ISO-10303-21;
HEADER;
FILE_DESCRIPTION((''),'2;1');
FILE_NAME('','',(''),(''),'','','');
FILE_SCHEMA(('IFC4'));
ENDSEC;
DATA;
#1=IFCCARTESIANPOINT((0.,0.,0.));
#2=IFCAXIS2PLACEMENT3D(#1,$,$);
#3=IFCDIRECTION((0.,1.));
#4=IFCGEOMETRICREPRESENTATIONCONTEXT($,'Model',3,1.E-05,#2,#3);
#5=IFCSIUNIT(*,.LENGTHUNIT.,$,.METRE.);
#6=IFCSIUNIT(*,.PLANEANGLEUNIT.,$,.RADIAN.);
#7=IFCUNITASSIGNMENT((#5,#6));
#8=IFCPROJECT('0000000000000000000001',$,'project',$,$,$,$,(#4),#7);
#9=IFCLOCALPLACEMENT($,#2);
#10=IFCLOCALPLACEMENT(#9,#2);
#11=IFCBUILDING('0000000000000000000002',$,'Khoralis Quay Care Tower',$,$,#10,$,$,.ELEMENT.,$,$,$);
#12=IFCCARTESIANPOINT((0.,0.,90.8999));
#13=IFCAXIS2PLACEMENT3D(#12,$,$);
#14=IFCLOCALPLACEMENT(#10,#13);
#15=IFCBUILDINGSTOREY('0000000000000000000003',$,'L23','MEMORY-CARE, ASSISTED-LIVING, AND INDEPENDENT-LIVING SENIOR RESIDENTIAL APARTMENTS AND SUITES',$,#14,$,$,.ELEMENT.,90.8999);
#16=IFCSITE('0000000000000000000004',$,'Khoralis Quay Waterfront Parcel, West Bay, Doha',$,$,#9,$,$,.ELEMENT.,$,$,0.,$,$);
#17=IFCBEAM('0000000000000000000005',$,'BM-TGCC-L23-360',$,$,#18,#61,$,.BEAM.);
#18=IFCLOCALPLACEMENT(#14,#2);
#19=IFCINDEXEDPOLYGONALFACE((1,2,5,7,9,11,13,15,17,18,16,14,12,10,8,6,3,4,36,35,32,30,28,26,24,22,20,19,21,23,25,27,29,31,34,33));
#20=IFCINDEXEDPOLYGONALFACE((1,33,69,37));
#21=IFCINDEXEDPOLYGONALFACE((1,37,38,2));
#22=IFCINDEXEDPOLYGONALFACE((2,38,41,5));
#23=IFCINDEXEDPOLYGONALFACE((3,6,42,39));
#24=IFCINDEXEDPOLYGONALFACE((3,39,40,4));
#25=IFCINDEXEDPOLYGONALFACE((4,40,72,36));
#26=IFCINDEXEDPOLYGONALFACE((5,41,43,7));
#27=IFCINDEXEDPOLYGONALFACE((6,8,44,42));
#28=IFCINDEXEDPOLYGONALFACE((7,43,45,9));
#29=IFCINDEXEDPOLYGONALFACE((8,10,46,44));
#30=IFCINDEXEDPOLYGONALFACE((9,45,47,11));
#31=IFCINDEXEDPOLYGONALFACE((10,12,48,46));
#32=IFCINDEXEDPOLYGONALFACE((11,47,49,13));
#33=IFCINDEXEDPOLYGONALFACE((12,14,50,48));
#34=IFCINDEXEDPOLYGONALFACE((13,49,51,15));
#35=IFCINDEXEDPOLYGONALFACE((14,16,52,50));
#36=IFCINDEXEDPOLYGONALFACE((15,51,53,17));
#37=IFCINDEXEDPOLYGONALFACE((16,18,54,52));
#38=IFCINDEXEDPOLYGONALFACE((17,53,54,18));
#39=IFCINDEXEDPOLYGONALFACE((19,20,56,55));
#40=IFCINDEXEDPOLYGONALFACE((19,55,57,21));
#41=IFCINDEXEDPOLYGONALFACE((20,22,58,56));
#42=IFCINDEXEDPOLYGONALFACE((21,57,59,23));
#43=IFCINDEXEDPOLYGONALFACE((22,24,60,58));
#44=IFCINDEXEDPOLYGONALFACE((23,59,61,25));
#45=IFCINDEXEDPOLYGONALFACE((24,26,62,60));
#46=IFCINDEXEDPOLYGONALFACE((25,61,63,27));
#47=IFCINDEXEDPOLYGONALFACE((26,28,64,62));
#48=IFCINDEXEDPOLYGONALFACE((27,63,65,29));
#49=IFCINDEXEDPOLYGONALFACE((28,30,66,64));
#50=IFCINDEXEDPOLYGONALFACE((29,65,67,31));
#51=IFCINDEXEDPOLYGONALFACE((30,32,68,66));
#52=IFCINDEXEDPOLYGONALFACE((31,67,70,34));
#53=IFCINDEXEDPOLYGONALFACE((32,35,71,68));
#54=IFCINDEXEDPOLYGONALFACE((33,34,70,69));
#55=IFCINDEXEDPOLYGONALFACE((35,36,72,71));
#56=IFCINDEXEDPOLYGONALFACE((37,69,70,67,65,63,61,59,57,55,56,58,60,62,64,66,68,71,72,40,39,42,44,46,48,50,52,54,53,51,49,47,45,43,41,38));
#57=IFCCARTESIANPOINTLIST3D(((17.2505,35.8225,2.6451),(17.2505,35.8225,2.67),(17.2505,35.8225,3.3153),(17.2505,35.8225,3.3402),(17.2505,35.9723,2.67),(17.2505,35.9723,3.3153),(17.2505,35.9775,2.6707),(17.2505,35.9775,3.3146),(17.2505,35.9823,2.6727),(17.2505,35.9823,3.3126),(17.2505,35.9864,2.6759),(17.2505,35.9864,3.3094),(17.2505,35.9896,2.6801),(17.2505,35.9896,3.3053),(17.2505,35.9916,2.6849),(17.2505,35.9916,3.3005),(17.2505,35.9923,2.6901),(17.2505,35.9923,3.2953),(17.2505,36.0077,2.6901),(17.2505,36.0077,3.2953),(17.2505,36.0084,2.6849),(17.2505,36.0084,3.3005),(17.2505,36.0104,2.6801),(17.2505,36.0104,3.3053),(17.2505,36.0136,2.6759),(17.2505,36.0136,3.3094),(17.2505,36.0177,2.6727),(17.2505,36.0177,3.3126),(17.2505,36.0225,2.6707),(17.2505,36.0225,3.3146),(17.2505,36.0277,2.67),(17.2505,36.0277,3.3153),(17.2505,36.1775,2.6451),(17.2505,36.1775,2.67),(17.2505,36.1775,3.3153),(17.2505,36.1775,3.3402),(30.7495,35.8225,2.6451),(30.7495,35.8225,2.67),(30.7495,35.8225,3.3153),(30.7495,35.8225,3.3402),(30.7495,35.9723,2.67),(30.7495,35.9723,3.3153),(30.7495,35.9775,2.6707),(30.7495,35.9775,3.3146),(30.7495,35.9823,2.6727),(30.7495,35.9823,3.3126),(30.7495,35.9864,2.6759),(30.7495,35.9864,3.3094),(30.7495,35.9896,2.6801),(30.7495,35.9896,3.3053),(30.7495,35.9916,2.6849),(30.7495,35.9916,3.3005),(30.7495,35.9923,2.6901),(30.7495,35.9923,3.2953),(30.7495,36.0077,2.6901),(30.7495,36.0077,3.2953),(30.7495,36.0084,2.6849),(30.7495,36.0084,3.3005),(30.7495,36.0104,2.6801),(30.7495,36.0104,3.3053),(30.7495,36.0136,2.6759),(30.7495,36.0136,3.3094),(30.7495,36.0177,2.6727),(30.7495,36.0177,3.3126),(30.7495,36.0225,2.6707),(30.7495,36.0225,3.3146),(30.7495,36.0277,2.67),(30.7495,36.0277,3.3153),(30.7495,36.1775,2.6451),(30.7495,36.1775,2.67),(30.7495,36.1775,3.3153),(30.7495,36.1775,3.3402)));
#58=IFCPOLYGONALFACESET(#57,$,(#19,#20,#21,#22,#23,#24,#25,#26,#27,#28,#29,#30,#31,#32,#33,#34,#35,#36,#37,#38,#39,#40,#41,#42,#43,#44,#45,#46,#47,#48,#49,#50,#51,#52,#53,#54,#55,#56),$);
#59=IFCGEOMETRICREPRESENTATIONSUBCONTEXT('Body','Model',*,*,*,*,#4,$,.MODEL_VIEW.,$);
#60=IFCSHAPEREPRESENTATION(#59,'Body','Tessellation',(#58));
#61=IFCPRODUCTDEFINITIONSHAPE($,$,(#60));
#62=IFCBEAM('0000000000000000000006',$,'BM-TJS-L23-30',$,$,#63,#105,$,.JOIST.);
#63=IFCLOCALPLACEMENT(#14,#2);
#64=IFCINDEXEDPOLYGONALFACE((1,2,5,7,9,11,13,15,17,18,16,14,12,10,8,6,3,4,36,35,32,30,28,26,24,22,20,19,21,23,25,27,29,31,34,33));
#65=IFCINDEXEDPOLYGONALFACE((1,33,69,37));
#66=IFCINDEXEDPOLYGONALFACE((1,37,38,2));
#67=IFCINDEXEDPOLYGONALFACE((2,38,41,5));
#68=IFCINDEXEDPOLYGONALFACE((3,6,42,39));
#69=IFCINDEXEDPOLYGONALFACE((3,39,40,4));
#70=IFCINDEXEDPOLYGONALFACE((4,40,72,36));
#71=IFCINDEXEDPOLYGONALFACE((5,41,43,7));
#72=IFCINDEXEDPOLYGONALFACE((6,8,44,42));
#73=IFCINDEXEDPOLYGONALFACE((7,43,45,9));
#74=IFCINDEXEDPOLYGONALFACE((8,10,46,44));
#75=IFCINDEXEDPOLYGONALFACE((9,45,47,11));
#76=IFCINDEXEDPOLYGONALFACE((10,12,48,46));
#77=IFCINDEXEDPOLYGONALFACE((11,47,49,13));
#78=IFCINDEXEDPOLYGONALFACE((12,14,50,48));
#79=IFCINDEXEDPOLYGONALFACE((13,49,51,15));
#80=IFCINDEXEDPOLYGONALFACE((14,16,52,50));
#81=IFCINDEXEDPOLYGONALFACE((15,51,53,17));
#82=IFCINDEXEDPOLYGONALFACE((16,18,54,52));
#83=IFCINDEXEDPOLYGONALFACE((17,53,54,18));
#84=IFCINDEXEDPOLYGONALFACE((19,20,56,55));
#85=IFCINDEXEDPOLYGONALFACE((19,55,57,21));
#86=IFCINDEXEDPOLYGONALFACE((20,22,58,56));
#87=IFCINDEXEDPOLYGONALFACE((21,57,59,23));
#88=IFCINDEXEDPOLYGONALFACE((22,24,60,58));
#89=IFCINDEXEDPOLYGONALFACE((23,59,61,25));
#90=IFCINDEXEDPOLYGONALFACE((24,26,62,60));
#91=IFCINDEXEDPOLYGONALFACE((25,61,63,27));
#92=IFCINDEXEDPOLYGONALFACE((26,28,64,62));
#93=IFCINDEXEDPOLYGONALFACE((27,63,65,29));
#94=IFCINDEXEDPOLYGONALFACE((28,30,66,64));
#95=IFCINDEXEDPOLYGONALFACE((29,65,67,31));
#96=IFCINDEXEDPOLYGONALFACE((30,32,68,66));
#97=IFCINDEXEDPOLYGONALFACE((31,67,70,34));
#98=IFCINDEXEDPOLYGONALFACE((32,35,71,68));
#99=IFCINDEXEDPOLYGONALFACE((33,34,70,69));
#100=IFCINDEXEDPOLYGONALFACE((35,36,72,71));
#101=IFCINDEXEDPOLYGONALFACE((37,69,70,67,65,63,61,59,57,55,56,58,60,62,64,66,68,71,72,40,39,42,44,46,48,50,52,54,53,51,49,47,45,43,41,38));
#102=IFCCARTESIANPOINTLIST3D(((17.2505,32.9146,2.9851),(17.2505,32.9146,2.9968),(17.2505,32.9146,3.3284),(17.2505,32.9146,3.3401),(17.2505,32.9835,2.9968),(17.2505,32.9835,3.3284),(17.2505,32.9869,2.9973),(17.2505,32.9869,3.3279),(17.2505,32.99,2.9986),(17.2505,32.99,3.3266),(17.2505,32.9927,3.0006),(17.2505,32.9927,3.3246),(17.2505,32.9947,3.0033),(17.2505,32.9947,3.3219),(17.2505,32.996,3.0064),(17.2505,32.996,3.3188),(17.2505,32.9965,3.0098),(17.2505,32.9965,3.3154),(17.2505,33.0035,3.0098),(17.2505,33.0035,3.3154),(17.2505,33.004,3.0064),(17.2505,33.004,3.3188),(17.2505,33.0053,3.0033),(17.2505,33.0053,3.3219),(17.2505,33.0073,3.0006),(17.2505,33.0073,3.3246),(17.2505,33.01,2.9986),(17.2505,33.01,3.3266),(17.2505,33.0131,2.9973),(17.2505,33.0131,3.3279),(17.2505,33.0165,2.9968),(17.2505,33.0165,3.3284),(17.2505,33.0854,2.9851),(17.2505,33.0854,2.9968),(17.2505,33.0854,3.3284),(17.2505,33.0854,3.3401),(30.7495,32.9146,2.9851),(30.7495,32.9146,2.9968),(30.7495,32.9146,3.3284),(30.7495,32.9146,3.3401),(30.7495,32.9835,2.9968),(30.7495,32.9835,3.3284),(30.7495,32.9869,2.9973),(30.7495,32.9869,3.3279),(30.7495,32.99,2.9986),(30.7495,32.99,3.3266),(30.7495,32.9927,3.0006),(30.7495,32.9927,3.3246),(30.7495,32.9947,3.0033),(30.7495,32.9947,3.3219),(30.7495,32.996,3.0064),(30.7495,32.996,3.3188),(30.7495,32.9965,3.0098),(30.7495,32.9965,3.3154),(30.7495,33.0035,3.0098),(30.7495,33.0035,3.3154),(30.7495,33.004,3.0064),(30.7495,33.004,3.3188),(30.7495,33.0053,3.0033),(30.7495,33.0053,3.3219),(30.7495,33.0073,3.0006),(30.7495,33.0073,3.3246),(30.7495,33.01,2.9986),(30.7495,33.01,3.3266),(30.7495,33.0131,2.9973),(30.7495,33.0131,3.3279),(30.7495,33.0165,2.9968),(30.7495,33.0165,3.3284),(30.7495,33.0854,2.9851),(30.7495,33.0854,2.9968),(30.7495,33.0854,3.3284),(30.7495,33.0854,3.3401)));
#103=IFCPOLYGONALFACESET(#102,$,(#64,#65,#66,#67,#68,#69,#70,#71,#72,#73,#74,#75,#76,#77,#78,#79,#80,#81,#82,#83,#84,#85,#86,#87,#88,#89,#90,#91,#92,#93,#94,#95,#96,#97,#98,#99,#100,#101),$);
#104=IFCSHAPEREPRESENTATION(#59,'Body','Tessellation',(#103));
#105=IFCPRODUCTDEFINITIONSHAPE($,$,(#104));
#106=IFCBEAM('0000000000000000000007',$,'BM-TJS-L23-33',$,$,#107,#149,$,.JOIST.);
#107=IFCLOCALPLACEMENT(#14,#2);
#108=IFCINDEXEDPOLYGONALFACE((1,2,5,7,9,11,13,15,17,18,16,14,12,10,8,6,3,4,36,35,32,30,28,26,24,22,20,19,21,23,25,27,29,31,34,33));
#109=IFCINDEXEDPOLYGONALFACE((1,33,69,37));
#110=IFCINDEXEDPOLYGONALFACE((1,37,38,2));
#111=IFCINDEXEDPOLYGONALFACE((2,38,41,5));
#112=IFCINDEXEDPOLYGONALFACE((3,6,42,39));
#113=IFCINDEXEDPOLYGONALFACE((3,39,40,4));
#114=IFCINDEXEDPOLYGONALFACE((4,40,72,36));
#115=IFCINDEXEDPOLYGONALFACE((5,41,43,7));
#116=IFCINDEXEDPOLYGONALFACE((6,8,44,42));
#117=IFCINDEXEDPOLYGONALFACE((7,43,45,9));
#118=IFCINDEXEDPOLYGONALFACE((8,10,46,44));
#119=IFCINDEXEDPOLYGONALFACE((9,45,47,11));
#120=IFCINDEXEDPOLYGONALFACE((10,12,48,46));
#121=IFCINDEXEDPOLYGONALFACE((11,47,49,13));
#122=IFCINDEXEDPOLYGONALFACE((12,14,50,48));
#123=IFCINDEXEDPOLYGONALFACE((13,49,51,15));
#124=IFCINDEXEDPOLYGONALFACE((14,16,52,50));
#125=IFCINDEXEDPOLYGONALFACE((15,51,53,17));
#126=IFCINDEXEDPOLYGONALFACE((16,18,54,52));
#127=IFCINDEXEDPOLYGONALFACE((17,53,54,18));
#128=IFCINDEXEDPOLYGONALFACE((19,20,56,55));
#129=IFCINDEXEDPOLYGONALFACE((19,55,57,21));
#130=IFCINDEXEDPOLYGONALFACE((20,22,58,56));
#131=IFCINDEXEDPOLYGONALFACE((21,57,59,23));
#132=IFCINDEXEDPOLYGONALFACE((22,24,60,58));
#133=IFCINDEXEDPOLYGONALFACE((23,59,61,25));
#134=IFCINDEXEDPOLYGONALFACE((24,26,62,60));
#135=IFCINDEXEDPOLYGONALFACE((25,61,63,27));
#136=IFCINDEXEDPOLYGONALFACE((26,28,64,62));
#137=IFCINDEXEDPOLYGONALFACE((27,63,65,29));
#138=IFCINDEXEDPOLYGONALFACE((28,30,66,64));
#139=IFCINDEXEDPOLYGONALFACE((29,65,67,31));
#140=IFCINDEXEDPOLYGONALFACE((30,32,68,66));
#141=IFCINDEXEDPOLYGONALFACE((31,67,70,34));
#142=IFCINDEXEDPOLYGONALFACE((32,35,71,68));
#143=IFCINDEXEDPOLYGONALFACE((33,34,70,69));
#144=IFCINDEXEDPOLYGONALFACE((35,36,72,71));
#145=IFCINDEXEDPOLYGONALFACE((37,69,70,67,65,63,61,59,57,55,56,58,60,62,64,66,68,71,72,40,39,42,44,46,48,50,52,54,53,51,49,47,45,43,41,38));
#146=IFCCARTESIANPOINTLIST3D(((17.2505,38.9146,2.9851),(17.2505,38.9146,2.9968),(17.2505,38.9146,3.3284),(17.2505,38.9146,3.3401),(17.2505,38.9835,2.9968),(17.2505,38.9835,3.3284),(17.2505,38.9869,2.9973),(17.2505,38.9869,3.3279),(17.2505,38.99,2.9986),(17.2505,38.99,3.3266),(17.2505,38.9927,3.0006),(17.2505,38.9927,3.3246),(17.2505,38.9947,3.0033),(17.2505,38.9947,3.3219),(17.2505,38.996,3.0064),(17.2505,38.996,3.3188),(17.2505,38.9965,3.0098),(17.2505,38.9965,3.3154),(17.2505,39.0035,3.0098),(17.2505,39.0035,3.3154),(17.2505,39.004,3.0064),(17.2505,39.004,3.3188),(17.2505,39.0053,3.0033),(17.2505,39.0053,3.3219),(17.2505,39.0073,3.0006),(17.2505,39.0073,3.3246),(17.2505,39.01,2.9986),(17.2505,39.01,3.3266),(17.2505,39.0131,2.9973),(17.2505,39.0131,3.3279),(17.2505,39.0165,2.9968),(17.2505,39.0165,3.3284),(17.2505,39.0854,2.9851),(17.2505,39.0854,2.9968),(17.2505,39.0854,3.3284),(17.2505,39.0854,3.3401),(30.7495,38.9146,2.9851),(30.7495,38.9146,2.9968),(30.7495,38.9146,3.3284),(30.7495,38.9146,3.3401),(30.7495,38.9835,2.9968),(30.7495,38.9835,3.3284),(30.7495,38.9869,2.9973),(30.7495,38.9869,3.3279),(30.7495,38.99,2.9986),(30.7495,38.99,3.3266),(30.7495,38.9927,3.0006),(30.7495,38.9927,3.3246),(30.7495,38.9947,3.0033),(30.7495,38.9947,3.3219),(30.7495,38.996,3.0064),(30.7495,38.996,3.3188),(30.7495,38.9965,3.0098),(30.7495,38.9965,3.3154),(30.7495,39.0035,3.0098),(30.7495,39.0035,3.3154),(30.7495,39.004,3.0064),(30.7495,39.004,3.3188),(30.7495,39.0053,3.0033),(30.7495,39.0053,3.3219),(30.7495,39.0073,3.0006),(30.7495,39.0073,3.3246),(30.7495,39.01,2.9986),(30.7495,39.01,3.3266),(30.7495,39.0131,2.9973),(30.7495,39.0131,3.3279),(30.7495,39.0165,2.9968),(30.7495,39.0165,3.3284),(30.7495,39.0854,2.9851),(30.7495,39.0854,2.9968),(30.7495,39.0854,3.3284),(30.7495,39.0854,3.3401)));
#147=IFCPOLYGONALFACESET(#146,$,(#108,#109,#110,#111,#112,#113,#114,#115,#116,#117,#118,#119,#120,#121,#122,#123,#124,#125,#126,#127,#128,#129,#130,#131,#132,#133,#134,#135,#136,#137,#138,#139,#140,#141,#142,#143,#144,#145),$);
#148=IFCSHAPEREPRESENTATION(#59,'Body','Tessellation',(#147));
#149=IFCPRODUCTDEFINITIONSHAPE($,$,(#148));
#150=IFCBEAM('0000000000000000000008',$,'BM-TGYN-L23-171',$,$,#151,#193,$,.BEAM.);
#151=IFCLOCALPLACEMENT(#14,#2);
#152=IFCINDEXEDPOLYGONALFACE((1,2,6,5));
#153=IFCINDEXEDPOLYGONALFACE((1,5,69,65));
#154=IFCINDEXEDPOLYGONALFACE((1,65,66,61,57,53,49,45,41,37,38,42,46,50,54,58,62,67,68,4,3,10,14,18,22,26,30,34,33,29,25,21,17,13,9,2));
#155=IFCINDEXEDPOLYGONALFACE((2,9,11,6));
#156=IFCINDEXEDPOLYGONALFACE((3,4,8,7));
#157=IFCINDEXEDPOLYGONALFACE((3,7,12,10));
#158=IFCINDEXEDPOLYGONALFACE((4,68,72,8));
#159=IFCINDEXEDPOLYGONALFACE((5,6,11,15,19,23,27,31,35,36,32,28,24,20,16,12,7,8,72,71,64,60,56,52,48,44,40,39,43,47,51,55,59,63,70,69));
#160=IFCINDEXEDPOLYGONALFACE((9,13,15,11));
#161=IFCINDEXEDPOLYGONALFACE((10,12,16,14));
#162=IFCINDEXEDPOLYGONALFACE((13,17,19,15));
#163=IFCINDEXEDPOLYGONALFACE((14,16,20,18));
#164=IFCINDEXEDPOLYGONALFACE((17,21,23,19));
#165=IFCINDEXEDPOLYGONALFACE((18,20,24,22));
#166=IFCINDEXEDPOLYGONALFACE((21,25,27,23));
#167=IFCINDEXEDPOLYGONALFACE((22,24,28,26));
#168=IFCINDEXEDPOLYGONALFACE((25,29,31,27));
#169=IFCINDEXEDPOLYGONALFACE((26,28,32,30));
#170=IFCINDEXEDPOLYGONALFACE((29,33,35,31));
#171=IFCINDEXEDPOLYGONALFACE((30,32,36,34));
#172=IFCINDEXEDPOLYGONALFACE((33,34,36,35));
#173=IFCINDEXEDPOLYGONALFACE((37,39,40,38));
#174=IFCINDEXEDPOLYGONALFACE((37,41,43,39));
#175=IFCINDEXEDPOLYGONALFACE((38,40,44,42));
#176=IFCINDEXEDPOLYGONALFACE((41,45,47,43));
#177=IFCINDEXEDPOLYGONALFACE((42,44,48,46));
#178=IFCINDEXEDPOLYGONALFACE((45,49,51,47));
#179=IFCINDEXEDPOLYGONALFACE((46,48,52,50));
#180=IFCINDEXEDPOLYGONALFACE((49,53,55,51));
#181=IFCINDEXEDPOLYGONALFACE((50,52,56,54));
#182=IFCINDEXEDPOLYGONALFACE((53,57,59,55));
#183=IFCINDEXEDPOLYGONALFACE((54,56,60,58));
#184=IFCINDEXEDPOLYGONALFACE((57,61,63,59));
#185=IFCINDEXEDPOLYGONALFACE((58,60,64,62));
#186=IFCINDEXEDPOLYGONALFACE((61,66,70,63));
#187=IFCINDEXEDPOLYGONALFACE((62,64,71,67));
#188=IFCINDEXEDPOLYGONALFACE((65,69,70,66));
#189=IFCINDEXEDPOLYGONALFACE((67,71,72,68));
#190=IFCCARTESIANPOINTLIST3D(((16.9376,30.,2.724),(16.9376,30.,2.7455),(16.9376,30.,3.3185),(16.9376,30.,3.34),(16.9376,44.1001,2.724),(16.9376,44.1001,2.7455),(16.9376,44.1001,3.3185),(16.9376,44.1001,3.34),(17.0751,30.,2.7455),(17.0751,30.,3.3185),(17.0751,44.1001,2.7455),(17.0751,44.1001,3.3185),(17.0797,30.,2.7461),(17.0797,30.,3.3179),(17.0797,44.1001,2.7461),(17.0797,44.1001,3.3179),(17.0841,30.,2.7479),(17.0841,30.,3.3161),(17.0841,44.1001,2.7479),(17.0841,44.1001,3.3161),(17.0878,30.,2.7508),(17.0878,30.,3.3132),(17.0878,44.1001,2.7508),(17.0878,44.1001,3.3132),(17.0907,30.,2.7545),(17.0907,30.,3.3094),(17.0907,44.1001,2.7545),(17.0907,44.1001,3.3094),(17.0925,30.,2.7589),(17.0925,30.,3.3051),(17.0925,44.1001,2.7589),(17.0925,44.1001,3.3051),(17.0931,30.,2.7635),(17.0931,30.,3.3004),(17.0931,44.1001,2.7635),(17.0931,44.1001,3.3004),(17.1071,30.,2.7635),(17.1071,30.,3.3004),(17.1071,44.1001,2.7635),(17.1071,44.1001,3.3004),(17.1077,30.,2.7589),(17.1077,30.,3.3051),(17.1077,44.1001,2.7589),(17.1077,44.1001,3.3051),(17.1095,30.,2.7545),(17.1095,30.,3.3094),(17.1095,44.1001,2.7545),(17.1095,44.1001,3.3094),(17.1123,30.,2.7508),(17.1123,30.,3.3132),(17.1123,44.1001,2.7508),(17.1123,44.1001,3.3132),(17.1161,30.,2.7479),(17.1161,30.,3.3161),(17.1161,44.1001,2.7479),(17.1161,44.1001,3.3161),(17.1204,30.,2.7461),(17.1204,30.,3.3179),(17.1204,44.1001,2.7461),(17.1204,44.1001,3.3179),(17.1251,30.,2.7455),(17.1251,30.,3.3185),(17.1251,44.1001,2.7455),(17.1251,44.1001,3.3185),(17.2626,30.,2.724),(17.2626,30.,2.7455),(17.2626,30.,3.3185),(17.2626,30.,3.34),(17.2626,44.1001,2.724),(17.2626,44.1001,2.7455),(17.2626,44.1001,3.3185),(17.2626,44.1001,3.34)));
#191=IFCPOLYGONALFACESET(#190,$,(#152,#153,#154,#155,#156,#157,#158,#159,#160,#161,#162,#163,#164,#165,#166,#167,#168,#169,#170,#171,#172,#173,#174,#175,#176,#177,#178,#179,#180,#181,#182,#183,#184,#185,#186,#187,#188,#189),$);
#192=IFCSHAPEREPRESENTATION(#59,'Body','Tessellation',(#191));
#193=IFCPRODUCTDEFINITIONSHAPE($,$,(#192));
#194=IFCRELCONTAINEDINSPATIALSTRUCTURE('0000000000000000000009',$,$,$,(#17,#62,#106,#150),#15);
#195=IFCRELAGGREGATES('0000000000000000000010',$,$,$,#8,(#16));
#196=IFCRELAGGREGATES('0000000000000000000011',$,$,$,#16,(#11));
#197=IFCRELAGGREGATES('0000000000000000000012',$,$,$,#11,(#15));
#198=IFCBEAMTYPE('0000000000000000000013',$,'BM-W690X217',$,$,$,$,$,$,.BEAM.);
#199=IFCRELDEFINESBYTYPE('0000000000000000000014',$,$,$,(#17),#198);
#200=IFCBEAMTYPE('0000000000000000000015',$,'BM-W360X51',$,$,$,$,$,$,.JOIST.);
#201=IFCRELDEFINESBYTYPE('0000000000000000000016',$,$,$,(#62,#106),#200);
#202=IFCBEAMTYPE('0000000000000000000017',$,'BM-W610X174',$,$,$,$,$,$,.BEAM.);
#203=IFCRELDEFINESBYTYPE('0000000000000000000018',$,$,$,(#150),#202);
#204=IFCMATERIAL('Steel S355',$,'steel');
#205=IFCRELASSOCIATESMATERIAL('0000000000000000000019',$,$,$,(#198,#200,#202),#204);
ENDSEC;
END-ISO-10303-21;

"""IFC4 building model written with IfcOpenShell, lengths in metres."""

from ifc_helpers import new_model, si_unit, direction, frame, origin, origin_2d, place, context, subcontext, project, spatial, i_section, extrude, source, transform, mapped, material, material_profile, profile_set, type_object, element, save


model = new_model("IFC4")

# Units and contexts
model_context = context("Model", 3, precision=1e-05, world=origin(), true_north=direction((0.0, 1.0)))
body_context = subcontext(model_context, "Body", "Model", "MODEL_VIEW")
ifc_project = project(units=[si_unit("LENGTHUNIT", "METRE"), si_unit("PLANEANGLEUNIT", "RADIAN")], contexts=[model_context])

# Site, building, storey
site_placement = place(None, origin())
site = spatial("IfcSite", under=ifc_project, at=site_placement, Name="Khoralis Quay Waterfront Parcel, West Bay, Doha", CompositionType="ELEMENT", RefElevation=0.0)
building_placement = place(site_placement, origin())
building = spatial("IfcBuilding", under=site, at=building_placement, Name="Khoralis Quay Care Tower", CompositionType="ELEMENT")
storey_placement = place(building_placement, frame((0.0, 0.0, 90.8999)))
storey = spatial("IfcBuildingStorey", under=building, at=storey_placement, Name="L23", Description="MEMORY-CARE, ASSISTED-LIVING, AND INDEPENDENT-LIVING SENIOR RESIDENTIAL APARTMENTS AND SUITES", CompositionType="ELEMENT", Elevation=90.8999)

# Beams
ifc_material_1 = material(Name="Steel S355", Category="steel")
ifc_material_profile_1 = material_profile(ifc_material_1, i_section(OverallWidth=0.355, OverallDepth=0.6951, WebThickness=0.0154, FlangeThickness=0.0249, FilletRadius=0.02, at=origin_2d()), Name="Steel S355")
ifc_profile_set_1 = profile_set([ifc_material_profile_1], Name="Steel S355")
beam_type_1 = type_object("IfcBeamType", Name="BM-W690X217", PredefinedType="BEAM", material=ifc_profile_set_1)
shared_shape_1 = source(origin(), body_context, "Body", "SweptSolid", [
    extrude(i_section(OverallWidth=0.355, OverallDepth=0.6951, WebThickness=0.0154, FlangeThickness=0.0249, FilletRadius=0.02, at=origin_2d()), origin(), (0.0, 0.0, 1.0), 13.499),
])
beam_1_placement = place(storey_placement, frame((17.2505, 36.0, 2.9927), z_axis=(1.0, 0.0, 0.0), x_axis=(0.0, 1.0, 0.0)))
element("IfcBeam", 1, at=beam_1_placement, inside=storey, type_object=beam_type_1, Name="BM-TGCC-L23-360", PredefinedType="BEAM", context=body_context, shape_type="MappedRepresentation", body=[
    mapped(shared_shape_1, transform((0.0, 0.0, 0.0), scale=1.0)),
])
ifc_material_profile_2 = material_profile(ifc_material_1, i_section(OverallWidth=0.1709, OverallDepth=0.355, WebThickness=0.0071, FlangeThickness=0.0117, FilletRadius=0.0129, at=origin_2d()), Name="Steel S355")
ifc_profile_set_2 = profile_set([ifc_material_profile_2], Name="Steel S355")
beam_type_2 = type_object("IfcBeamType", Name="BM-W360X51", PredefinedType="JOIST", material=ifc_profile_set_2)
shared_shape_2 = source(origin(), body_context, "Body", "SweptSolid", [
    extrude(i_section(OverallWidth=0.1709, OverallDepth=0.355, WebThickness=0.0071, FlangeThickness=0.0117, FilletRadius=0.0129, at=origin_2d()), origin(), (0.0, 0.0, 1.0), 13.499),
])
for number, where, z_axis, x_axis, name in (
    (2, (17.2505, 33.0, 3.1626), (1.0, 0.0, 0.0), (0.0, 1.0, 0.0), "BM-TJS-L23-30"),
    (3, (17.2505, 39.0, 3.1626), (1.0, 0.0, 0.0), (0.0, 1.0, 0.0), "BM-TJS-L23-33"),
):
    element("IfcBeam", number, at=place(storey_placement, frame(where, z_axis=z_axis, x_axis=x_axis)), inside=storey, type_object=beam_type_2, Name=name, PredefinedType="JOIST", context=body_context, shape_type="MappedRepresentation", body=[
        mapped(shared_shape_2, transform((0.0, 0.0, 0.0), scale=1.0)),
    ])
ifc_material_profile_3 = material_profile(ifc_material_1, i_section(OverallWidth=0.325, OverallDepth=0.616, WebThickness=0.0139, FlangeThickness=0.0215, FilletRadius=0.0181, at=origin_2d()), Name="Steel S355")
ifc_profile_set_3 = profile_set([ifc_material_profile_3], Name="Steel S355")
beam_type_3 = type_object("IfcBeamType", Name="BM-W610X174", PredefinedType="BEAM", material=ifc_profile_set_3)
shared_shape_3 = source(origin(), body_context, "Body", "SweptSolid", [
    extrude(i_section(OverallWidth=0.325, OverallDepth=0.616, WebThickness=0.0139, FlangeThickness=0.0215, FilletRadius=0.0181, at=origin_2d()), origin(), (0.0, 0.0, 1.0), 14.1001),
])
beam_2_placement = place(storey_placement, frame((17.1001, 30.0, 3.032), z_axis=(0.0, 1.0, 0.0), x_axis=(-1.0, 0.0, 0.0)))
element("IfcBeam", 4, at=beam_2_placement, inside=storey, type_object=beam_type_3, Name="BM-TGYN-L23-171", PredefinedType="BEAM", context=body_context, shape_type="MappedRepresentation", body=[
    mapped(shared_shape_3, transform((0.0, 0.0, 0.0), scale=1.0)),
])

save(model, "model.ifc")
